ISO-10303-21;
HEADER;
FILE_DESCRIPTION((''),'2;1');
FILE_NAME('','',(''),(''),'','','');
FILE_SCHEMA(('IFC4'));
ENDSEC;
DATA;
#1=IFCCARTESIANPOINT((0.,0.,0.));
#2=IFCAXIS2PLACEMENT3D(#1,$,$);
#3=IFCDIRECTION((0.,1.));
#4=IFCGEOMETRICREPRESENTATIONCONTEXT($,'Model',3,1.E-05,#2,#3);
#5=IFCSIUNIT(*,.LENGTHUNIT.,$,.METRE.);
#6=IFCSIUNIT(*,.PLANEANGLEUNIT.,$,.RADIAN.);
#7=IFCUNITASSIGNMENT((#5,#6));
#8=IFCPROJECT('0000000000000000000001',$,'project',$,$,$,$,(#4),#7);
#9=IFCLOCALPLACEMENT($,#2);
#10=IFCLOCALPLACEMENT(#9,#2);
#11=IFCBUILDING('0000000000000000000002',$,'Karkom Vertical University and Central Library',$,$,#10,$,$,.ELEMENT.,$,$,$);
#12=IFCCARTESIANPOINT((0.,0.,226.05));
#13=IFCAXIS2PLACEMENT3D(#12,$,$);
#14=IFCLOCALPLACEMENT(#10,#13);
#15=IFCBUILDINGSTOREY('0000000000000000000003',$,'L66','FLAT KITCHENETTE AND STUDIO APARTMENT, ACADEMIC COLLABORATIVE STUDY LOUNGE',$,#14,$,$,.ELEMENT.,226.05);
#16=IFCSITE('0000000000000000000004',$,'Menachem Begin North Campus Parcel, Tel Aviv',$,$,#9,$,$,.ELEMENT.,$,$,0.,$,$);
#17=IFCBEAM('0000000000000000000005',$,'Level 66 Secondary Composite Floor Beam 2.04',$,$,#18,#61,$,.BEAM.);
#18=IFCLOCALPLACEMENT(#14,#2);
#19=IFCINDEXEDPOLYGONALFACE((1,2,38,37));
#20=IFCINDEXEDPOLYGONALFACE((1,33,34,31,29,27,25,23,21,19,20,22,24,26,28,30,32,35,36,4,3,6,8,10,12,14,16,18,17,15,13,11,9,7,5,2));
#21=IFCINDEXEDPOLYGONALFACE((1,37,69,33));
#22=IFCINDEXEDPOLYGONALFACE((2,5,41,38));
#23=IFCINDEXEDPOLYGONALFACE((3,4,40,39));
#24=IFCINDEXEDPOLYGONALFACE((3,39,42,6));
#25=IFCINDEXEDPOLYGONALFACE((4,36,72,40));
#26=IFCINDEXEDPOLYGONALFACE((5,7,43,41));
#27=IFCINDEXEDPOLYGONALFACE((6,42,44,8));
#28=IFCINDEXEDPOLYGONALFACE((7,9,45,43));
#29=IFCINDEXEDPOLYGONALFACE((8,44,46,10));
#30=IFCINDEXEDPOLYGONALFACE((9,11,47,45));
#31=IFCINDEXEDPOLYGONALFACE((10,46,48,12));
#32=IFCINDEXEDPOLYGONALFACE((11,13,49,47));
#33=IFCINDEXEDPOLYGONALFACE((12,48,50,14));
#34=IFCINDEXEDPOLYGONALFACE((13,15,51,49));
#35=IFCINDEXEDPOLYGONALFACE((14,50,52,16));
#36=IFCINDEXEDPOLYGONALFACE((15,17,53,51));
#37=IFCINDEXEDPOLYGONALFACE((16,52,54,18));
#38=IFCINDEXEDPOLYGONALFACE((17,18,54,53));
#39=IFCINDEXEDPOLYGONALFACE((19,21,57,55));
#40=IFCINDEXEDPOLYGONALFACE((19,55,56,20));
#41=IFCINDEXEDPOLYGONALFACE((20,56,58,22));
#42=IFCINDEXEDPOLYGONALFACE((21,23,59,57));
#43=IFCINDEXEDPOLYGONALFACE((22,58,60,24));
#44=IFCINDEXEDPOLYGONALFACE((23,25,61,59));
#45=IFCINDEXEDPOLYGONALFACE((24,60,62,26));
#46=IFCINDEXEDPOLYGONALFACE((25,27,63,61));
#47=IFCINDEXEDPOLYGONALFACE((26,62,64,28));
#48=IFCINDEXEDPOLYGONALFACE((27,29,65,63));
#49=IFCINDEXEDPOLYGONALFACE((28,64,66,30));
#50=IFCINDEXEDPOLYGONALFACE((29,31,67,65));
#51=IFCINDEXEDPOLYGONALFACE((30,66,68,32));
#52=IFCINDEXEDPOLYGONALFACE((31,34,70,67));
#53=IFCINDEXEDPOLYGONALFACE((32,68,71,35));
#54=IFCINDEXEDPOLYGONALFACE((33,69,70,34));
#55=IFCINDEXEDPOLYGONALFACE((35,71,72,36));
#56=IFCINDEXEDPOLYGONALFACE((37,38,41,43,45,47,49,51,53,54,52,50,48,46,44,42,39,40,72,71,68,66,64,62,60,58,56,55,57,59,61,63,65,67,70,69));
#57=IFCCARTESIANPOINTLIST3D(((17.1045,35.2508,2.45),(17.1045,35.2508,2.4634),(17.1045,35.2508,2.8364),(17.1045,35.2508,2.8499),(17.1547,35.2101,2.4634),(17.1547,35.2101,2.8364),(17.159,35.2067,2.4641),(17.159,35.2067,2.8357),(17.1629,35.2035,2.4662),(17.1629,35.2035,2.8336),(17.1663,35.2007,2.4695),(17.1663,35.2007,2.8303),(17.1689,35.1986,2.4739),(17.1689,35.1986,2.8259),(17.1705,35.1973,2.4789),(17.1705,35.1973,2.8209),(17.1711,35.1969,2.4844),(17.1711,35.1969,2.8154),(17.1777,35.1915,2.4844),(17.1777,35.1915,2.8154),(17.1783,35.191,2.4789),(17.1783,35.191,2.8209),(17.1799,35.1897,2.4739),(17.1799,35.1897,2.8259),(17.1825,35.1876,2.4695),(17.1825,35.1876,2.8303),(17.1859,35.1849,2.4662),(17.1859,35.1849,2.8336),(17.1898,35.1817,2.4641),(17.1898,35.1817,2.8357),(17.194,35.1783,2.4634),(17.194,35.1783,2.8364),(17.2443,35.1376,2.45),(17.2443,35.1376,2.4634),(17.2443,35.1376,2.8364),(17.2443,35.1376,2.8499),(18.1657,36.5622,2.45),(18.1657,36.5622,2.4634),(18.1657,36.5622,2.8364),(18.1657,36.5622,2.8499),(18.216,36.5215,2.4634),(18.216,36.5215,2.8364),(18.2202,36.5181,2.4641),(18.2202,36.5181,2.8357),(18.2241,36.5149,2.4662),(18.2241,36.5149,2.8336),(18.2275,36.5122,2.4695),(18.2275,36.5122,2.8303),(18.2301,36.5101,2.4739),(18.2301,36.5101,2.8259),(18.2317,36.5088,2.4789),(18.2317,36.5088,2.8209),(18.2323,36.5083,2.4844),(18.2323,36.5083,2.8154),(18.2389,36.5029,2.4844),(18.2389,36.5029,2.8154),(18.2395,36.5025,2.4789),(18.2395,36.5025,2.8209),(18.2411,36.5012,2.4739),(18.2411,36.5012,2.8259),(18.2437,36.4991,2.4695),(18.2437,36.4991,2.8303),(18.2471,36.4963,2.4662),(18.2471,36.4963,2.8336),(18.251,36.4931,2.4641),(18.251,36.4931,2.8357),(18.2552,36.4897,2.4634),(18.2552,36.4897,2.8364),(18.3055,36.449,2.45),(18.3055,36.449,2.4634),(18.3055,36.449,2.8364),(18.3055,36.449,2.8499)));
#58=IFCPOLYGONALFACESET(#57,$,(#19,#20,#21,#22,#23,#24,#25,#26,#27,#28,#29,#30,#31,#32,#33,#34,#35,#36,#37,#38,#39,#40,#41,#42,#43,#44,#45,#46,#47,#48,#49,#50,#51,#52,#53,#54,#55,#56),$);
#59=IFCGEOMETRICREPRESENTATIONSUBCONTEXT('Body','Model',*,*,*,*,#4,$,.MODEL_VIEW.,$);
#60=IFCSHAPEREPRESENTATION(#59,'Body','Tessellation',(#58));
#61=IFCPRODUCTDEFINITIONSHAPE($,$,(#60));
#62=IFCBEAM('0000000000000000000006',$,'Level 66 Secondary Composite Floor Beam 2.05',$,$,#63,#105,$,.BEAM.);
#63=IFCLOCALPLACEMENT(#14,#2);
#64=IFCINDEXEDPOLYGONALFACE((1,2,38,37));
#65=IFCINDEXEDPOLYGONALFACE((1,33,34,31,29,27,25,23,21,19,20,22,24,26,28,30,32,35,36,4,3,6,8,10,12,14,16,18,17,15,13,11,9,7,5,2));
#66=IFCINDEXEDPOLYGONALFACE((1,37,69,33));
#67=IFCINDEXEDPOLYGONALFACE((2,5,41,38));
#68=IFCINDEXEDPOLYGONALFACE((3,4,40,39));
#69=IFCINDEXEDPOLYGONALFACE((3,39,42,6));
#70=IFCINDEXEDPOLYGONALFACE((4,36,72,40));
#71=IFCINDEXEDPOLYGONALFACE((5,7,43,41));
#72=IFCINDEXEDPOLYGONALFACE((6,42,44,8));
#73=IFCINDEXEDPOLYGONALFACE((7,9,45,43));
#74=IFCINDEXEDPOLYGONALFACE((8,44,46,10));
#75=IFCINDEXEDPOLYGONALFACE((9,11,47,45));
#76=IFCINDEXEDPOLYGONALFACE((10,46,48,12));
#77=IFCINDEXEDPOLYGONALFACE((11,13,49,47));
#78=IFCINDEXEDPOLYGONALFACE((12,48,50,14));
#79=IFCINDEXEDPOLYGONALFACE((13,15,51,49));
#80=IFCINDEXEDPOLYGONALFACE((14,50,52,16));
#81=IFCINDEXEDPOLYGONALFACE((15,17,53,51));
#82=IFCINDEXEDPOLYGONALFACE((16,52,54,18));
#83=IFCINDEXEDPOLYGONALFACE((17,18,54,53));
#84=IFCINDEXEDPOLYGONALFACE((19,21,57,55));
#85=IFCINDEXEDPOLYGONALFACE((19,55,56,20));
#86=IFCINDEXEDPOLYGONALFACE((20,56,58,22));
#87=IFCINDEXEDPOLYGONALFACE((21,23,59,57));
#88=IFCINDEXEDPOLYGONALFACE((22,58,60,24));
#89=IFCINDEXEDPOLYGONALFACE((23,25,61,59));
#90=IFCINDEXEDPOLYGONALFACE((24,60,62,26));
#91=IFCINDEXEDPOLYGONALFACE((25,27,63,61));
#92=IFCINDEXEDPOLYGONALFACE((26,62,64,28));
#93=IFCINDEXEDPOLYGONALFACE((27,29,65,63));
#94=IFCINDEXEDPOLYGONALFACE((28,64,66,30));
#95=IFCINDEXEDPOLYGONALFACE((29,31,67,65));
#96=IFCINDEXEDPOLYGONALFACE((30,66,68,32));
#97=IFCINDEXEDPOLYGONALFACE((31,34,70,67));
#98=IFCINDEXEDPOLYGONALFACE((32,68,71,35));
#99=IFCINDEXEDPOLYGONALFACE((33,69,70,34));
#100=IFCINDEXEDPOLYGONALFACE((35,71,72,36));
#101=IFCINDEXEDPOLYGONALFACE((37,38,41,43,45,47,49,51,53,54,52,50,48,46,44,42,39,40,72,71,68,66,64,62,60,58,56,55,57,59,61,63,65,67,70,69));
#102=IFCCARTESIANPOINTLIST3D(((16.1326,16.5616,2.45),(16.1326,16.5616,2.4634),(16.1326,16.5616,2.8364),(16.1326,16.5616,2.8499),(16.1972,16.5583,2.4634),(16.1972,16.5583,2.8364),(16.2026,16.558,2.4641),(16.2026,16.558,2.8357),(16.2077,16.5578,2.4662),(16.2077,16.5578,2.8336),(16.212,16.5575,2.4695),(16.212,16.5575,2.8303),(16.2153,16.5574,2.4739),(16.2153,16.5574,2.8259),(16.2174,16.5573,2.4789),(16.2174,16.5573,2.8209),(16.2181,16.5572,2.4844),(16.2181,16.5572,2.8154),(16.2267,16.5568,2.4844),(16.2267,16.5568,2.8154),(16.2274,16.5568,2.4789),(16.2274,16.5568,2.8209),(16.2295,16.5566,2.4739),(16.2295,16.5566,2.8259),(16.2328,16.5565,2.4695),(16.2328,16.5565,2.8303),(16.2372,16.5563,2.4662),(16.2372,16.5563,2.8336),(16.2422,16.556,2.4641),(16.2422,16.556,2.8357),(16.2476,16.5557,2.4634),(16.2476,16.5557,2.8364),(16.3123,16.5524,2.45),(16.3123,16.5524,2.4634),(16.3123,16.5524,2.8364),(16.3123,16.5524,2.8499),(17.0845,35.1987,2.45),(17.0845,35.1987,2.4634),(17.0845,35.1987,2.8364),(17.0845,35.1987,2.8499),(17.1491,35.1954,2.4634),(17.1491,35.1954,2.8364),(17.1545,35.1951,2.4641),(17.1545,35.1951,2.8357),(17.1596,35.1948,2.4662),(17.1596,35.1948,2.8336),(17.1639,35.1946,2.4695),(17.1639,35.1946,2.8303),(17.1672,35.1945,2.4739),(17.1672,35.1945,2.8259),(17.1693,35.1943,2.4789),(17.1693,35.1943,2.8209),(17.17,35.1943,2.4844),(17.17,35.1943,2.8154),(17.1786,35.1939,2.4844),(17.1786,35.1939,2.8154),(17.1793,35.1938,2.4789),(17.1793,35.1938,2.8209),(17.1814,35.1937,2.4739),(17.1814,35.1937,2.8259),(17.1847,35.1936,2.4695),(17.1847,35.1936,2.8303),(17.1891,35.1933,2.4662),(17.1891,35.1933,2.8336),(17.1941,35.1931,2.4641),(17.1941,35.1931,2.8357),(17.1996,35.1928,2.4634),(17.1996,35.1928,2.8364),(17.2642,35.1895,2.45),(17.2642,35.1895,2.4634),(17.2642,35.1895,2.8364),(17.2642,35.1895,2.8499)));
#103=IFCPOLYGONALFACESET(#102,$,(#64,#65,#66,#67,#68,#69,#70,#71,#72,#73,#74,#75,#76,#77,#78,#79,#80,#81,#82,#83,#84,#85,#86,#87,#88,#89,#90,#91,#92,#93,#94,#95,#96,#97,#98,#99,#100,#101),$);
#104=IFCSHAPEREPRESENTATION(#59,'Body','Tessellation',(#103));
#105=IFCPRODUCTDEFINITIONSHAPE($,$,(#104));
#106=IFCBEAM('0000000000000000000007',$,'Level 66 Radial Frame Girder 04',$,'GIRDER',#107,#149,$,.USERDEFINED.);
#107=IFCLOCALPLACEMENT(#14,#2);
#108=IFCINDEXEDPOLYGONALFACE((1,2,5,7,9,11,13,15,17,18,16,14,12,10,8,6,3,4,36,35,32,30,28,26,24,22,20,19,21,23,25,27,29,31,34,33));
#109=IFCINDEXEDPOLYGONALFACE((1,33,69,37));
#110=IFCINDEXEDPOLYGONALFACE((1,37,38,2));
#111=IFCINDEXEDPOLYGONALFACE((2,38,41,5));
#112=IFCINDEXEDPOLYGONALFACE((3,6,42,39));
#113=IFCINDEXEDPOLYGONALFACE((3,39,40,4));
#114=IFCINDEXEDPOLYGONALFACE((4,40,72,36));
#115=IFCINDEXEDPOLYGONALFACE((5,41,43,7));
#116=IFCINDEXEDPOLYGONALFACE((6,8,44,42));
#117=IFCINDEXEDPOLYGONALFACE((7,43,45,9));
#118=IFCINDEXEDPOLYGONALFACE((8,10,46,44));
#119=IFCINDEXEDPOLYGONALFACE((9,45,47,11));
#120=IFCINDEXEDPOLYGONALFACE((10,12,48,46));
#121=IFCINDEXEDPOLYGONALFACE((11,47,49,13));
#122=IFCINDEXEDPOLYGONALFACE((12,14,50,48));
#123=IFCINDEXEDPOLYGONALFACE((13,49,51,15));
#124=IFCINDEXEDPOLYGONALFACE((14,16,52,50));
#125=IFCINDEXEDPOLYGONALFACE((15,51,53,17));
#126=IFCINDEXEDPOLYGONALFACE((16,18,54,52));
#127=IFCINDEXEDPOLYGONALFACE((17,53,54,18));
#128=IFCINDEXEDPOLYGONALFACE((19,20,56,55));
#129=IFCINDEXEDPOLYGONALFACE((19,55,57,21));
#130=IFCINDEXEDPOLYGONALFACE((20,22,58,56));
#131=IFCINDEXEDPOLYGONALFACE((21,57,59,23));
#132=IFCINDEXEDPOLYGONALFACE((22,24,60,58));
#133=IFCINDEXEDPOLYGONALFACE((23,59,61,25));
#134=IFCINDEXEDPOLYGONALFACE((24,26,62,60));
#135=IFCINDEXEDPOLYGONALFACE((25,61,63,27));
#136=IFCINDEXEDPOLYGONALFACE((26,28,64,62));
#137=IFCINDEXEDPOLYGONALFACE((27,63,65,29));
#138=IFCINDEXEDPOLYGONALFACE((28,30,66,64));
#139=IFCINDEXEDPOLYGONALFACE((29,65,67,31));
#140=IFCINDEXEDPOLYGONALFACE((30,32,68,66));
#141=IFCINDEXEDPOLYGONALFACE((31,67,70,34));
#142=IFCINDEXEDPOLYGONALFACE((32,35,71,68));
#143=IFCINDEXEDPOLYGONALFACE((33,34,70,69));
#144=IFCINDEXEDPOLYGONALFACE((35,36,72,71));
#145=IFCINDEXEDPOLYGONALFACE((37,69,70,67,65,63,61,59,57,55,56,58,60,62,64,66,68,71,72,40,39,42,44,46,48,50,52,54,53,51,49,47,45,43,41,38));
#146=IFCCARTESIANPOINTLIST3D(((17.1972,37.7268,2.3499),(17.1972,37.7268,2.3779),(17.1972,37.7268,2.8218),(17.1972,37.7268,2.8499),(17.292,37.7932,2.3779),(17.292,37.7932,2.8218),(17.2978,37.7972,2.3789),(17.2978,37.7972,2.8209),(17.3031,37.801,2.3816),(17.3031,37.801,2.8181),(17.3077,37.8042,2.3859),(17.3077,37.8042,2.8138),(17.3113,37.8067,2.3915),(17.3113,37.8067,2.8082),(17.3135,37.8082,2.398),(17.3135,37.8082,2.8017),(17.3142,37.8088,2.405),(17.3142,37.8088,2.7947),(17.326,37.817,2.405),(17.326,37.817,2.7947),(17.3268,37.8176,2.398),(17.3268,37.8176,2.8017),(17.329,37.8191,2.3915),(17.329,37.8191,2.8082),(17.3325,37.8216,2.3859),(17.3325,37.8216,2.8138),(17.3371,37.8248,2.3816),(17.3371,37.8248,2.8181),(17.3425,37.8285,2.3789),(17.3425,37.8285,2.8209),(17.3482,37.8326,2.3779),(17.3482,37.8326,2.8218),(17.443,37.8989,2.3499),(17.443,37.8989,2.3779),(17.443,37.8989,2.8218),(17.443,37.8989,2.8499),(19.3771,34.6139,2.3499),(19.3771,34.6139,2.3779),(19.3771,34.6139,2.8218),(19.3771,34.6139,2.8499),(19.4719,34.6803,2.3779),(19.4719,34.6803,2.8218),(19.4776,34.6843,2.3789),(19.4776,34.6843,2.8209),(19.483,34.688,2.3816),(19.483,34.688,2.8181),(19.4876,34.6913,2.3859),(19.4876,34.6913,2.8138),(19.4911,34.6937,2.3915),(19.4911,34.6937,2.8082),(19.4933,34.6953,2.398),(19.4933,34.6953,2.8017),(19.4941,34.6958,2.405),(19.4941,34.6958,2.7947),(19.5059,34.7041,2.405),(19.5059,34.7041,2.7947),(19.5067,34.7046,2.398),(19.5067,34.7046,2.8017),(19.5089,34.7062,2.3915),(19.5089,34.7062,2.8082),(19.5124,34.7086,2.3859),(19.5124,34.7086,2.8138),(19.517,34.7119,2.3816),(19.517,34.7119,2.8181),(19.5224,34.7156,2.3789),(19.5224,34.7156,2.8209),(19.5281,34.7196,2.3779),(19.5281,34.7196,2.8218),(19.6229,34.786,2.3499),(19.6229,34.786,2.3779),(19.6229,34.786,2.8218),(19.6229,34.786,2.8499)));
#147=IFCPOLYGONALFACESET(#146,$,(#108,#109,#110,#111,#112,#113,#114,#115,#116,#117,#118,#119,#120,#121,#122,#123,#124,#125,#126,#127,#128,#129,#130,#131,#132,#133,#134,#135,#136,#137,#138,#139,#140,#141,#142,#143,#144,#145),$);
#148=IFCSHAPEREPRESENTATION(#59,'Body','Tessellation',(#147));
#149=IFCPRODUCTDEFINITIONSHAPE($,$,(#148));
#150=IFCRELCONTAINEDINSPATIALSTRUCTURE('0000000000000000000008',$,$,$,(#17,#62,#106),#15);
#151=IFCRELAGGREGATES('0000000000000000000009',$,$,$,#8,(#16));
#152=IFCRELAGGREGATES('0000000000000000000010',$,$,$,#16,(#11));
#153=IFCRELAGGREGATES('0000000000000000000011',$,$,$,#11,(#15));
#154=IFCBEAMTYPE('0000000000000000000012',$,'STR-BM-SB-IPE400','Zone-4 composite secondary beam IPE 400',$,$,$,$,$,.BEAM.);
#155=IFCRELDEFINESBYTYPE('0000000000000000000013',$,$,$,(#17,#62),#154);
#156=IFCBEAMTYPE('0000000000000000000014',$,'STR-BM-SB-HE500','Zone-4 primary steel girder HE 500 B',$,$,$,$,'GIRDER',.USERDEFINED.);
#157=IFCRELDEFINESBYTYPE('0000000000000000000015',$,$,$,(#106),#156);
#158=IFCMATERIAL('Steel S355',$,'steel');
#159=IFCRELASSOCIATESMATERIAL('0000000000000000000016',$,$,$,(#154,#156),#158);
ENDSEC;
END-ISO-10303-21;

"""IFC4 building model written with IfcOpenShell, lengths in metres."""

from ifc_helpers import new_model, si_unit, direction, frame, origin, origin_with_axes, origin_2d, place, context, subcontext, project, spatial, i_section, extrude, source, transform, mapped, material, material_profile, profile_set, type_object, element, save


model = new_model("IFC4")

# Units and contexts
model_context = context("Model", 3, precision=1e-05, world=origin(), true_north=direction((0.0, 1.0)))
body_context = subcontext(model_context, "Body", "Model", "MODEL_VIEW")
ifc_project = project(units=[si_unit("LENGTHUNIT", "METRE"), si_unit("PLANEANGLEUNIT", "RADIAN")], contexts=[model_context])

# Site, building, storey
site_placement = place(None, origin())
site = spatial("IfcSite", under=ifc_project, at=site_placement, Name="Menachem Begin North Campus Parcel, Tel Aviv", CompositionType="ELEMENT", RefElevation=0.0)
building_placement = place(site_placement, origin())
building = spatial("IfcBuilding", under=site, at=building_placement, Name="Karkom Vertical University and Central Library", CompositionType="ELEMENT")
storey_placement = place(building_placement, frame((0.0, 0.0, 226.05)))
storey = spatial("IfcBuildingStorey", under=building, at=storey_placement, Name="L66", Description="FLAT KITCHENETTE AND STUDIO APARTMENT, ACADEMIC COLLABORATIVE STUDY LOUNGE", CompositionType="ELEMENT", Elevation=226.05)

# Beams
ifc_material_1 = material(Name="Steel S355", Category="steel")
ifc_material_profile_1 = material_profile(ifc_material_1, i_section(OverallWidth=0.1799, OverallDepth=0.3999, WebThickness=0.0085, FlangeThickness=0.0134, FilletRadius=0.021, at=origin_2d()), Name="IPE 400")
ifc_profile_set_1 = profile_set([ifc_material_profile_1], Name="Steel S355")
beam_type_1 = type_object("IfcBeamType", Name="STR-BM-SB-IPE400", Description="Zone-4 composite secondary beam IPE 400", PredefinedType="BEAM", material=ifc_profile_set_1)
shared_shape_1 = source(origin_with_axes(), body_context, "Body", "SweptSolid", [
    extrude(i_section(OverallWidth=0.1799, OverallDepth=0.3999, WebThickness=0.0085, FlangeThickness=0.0134, FilletRadius=0.021, at=origin_2d()), origin(), (0.0, 0.0, 1.0), 1.687),
])
beam_1_placement = place(storey_placement, frame((18.2356, 36.5056, 2.6499), z_axis=(-0.629044, -0.77737, 0.0), x_axis=(0.77737, -0.629044, 0.0)))
element("IfcBeam", 1, at=beam_1_placement, inside=storey, type_object=beam_type_1, Name="Level 66 Secondary Composite Floor Beam 2.04", PredefinedType="BEAM", context=body_context, shape_type="MappedRepresentation", body=[
    mapped(shared_shape_1, transform((0.0, 0.0, 0.0), scale=1.0)),
])
shared_shape_2 = source(origin_with_axes(), body_context, "Body", "SweptSolid", [
    extrude(i_section(OverallWidth=0.1799, OverallDepth=0.3999, WebThickness=0.0085, FlangeThickness=0.0134, FilletRadius=0.021, at=origin_2d()), origin(), (0.0, 0.0, 1.0), 18.6614),
])
beam_2_placement = place(storey_placement, frame((17.1743, 35.1941, 2.6499), z_axis=(-0.05101, -0.998698, 0.0), x_axis=(0.998698, -0.05101, 0.0)))
element("IfcBeam", 2, at=beam_2_placement, inside=storey, type_object=beam_type_1, Name="Level 66 Secondary Composite Floor Beam 2.05", PredefinedType="BEAM", context=body_context, shape_type="MappedRepresentation", body=[
    mapped(shared_shape_2, transform((0.0, 0.0, 0.0), scale=1.0)),
])
ifc_material_profile_2 = material_profile(ifc_material_1, i_section(OverallWidth=0.3, OverallDepth=0.5, WebThickness=0.0144, FlangeThickness=0.0281, FilletRadius=0.0271, at=origin_2d()), Name="HE 500 B")
ifc_profile_set_2 = profile_set([ifc_material_profile_2], Name="Steel S355")
beam_type_2 = type_object("IfcBeamType", Name="STR-BM-SB-HE500", Description="Zone-4 primary steel girder HE 500 B", ElementType="GIRDER", PredefinedType="USERDEFINED", material=ifc_profile_set_2)
shared_shape_3 = source(origin_with_axes(), body_context, "Body", "SweptSolid", [
    extrude(i_section(OverallWidth=0.3, OverallDepth=0.5, WebThickness=0.0144, FlangeThickness=0.0281, FilletRadius=0.0271, at=origin_2d()), origin(), (0.0, 0.0, 1.0), 3.8003),
])
beam_3_placement = place(storey_placement, frame((19.5, 34.7, 2.5999), z_axis=(-0.573605, 0.819132, 0.0), x_axis=(-0.819132, -0.573605, 0.0)))
element("IfcBeam", 3, at=beam_3_placement, inside=storey, type_object=beam_type_2, Name="Level 66 Radial Frame Girder 04", ObjectType="GIRDER", PredefinedType="USERDEFINED", context=body_context, shape_type="MappedRepresentation", body=[
    mapped(shared_shape_3, transform((0.0, 0.0, 0.0), scale=1.0)),
])

save(model, "model.ifc")
